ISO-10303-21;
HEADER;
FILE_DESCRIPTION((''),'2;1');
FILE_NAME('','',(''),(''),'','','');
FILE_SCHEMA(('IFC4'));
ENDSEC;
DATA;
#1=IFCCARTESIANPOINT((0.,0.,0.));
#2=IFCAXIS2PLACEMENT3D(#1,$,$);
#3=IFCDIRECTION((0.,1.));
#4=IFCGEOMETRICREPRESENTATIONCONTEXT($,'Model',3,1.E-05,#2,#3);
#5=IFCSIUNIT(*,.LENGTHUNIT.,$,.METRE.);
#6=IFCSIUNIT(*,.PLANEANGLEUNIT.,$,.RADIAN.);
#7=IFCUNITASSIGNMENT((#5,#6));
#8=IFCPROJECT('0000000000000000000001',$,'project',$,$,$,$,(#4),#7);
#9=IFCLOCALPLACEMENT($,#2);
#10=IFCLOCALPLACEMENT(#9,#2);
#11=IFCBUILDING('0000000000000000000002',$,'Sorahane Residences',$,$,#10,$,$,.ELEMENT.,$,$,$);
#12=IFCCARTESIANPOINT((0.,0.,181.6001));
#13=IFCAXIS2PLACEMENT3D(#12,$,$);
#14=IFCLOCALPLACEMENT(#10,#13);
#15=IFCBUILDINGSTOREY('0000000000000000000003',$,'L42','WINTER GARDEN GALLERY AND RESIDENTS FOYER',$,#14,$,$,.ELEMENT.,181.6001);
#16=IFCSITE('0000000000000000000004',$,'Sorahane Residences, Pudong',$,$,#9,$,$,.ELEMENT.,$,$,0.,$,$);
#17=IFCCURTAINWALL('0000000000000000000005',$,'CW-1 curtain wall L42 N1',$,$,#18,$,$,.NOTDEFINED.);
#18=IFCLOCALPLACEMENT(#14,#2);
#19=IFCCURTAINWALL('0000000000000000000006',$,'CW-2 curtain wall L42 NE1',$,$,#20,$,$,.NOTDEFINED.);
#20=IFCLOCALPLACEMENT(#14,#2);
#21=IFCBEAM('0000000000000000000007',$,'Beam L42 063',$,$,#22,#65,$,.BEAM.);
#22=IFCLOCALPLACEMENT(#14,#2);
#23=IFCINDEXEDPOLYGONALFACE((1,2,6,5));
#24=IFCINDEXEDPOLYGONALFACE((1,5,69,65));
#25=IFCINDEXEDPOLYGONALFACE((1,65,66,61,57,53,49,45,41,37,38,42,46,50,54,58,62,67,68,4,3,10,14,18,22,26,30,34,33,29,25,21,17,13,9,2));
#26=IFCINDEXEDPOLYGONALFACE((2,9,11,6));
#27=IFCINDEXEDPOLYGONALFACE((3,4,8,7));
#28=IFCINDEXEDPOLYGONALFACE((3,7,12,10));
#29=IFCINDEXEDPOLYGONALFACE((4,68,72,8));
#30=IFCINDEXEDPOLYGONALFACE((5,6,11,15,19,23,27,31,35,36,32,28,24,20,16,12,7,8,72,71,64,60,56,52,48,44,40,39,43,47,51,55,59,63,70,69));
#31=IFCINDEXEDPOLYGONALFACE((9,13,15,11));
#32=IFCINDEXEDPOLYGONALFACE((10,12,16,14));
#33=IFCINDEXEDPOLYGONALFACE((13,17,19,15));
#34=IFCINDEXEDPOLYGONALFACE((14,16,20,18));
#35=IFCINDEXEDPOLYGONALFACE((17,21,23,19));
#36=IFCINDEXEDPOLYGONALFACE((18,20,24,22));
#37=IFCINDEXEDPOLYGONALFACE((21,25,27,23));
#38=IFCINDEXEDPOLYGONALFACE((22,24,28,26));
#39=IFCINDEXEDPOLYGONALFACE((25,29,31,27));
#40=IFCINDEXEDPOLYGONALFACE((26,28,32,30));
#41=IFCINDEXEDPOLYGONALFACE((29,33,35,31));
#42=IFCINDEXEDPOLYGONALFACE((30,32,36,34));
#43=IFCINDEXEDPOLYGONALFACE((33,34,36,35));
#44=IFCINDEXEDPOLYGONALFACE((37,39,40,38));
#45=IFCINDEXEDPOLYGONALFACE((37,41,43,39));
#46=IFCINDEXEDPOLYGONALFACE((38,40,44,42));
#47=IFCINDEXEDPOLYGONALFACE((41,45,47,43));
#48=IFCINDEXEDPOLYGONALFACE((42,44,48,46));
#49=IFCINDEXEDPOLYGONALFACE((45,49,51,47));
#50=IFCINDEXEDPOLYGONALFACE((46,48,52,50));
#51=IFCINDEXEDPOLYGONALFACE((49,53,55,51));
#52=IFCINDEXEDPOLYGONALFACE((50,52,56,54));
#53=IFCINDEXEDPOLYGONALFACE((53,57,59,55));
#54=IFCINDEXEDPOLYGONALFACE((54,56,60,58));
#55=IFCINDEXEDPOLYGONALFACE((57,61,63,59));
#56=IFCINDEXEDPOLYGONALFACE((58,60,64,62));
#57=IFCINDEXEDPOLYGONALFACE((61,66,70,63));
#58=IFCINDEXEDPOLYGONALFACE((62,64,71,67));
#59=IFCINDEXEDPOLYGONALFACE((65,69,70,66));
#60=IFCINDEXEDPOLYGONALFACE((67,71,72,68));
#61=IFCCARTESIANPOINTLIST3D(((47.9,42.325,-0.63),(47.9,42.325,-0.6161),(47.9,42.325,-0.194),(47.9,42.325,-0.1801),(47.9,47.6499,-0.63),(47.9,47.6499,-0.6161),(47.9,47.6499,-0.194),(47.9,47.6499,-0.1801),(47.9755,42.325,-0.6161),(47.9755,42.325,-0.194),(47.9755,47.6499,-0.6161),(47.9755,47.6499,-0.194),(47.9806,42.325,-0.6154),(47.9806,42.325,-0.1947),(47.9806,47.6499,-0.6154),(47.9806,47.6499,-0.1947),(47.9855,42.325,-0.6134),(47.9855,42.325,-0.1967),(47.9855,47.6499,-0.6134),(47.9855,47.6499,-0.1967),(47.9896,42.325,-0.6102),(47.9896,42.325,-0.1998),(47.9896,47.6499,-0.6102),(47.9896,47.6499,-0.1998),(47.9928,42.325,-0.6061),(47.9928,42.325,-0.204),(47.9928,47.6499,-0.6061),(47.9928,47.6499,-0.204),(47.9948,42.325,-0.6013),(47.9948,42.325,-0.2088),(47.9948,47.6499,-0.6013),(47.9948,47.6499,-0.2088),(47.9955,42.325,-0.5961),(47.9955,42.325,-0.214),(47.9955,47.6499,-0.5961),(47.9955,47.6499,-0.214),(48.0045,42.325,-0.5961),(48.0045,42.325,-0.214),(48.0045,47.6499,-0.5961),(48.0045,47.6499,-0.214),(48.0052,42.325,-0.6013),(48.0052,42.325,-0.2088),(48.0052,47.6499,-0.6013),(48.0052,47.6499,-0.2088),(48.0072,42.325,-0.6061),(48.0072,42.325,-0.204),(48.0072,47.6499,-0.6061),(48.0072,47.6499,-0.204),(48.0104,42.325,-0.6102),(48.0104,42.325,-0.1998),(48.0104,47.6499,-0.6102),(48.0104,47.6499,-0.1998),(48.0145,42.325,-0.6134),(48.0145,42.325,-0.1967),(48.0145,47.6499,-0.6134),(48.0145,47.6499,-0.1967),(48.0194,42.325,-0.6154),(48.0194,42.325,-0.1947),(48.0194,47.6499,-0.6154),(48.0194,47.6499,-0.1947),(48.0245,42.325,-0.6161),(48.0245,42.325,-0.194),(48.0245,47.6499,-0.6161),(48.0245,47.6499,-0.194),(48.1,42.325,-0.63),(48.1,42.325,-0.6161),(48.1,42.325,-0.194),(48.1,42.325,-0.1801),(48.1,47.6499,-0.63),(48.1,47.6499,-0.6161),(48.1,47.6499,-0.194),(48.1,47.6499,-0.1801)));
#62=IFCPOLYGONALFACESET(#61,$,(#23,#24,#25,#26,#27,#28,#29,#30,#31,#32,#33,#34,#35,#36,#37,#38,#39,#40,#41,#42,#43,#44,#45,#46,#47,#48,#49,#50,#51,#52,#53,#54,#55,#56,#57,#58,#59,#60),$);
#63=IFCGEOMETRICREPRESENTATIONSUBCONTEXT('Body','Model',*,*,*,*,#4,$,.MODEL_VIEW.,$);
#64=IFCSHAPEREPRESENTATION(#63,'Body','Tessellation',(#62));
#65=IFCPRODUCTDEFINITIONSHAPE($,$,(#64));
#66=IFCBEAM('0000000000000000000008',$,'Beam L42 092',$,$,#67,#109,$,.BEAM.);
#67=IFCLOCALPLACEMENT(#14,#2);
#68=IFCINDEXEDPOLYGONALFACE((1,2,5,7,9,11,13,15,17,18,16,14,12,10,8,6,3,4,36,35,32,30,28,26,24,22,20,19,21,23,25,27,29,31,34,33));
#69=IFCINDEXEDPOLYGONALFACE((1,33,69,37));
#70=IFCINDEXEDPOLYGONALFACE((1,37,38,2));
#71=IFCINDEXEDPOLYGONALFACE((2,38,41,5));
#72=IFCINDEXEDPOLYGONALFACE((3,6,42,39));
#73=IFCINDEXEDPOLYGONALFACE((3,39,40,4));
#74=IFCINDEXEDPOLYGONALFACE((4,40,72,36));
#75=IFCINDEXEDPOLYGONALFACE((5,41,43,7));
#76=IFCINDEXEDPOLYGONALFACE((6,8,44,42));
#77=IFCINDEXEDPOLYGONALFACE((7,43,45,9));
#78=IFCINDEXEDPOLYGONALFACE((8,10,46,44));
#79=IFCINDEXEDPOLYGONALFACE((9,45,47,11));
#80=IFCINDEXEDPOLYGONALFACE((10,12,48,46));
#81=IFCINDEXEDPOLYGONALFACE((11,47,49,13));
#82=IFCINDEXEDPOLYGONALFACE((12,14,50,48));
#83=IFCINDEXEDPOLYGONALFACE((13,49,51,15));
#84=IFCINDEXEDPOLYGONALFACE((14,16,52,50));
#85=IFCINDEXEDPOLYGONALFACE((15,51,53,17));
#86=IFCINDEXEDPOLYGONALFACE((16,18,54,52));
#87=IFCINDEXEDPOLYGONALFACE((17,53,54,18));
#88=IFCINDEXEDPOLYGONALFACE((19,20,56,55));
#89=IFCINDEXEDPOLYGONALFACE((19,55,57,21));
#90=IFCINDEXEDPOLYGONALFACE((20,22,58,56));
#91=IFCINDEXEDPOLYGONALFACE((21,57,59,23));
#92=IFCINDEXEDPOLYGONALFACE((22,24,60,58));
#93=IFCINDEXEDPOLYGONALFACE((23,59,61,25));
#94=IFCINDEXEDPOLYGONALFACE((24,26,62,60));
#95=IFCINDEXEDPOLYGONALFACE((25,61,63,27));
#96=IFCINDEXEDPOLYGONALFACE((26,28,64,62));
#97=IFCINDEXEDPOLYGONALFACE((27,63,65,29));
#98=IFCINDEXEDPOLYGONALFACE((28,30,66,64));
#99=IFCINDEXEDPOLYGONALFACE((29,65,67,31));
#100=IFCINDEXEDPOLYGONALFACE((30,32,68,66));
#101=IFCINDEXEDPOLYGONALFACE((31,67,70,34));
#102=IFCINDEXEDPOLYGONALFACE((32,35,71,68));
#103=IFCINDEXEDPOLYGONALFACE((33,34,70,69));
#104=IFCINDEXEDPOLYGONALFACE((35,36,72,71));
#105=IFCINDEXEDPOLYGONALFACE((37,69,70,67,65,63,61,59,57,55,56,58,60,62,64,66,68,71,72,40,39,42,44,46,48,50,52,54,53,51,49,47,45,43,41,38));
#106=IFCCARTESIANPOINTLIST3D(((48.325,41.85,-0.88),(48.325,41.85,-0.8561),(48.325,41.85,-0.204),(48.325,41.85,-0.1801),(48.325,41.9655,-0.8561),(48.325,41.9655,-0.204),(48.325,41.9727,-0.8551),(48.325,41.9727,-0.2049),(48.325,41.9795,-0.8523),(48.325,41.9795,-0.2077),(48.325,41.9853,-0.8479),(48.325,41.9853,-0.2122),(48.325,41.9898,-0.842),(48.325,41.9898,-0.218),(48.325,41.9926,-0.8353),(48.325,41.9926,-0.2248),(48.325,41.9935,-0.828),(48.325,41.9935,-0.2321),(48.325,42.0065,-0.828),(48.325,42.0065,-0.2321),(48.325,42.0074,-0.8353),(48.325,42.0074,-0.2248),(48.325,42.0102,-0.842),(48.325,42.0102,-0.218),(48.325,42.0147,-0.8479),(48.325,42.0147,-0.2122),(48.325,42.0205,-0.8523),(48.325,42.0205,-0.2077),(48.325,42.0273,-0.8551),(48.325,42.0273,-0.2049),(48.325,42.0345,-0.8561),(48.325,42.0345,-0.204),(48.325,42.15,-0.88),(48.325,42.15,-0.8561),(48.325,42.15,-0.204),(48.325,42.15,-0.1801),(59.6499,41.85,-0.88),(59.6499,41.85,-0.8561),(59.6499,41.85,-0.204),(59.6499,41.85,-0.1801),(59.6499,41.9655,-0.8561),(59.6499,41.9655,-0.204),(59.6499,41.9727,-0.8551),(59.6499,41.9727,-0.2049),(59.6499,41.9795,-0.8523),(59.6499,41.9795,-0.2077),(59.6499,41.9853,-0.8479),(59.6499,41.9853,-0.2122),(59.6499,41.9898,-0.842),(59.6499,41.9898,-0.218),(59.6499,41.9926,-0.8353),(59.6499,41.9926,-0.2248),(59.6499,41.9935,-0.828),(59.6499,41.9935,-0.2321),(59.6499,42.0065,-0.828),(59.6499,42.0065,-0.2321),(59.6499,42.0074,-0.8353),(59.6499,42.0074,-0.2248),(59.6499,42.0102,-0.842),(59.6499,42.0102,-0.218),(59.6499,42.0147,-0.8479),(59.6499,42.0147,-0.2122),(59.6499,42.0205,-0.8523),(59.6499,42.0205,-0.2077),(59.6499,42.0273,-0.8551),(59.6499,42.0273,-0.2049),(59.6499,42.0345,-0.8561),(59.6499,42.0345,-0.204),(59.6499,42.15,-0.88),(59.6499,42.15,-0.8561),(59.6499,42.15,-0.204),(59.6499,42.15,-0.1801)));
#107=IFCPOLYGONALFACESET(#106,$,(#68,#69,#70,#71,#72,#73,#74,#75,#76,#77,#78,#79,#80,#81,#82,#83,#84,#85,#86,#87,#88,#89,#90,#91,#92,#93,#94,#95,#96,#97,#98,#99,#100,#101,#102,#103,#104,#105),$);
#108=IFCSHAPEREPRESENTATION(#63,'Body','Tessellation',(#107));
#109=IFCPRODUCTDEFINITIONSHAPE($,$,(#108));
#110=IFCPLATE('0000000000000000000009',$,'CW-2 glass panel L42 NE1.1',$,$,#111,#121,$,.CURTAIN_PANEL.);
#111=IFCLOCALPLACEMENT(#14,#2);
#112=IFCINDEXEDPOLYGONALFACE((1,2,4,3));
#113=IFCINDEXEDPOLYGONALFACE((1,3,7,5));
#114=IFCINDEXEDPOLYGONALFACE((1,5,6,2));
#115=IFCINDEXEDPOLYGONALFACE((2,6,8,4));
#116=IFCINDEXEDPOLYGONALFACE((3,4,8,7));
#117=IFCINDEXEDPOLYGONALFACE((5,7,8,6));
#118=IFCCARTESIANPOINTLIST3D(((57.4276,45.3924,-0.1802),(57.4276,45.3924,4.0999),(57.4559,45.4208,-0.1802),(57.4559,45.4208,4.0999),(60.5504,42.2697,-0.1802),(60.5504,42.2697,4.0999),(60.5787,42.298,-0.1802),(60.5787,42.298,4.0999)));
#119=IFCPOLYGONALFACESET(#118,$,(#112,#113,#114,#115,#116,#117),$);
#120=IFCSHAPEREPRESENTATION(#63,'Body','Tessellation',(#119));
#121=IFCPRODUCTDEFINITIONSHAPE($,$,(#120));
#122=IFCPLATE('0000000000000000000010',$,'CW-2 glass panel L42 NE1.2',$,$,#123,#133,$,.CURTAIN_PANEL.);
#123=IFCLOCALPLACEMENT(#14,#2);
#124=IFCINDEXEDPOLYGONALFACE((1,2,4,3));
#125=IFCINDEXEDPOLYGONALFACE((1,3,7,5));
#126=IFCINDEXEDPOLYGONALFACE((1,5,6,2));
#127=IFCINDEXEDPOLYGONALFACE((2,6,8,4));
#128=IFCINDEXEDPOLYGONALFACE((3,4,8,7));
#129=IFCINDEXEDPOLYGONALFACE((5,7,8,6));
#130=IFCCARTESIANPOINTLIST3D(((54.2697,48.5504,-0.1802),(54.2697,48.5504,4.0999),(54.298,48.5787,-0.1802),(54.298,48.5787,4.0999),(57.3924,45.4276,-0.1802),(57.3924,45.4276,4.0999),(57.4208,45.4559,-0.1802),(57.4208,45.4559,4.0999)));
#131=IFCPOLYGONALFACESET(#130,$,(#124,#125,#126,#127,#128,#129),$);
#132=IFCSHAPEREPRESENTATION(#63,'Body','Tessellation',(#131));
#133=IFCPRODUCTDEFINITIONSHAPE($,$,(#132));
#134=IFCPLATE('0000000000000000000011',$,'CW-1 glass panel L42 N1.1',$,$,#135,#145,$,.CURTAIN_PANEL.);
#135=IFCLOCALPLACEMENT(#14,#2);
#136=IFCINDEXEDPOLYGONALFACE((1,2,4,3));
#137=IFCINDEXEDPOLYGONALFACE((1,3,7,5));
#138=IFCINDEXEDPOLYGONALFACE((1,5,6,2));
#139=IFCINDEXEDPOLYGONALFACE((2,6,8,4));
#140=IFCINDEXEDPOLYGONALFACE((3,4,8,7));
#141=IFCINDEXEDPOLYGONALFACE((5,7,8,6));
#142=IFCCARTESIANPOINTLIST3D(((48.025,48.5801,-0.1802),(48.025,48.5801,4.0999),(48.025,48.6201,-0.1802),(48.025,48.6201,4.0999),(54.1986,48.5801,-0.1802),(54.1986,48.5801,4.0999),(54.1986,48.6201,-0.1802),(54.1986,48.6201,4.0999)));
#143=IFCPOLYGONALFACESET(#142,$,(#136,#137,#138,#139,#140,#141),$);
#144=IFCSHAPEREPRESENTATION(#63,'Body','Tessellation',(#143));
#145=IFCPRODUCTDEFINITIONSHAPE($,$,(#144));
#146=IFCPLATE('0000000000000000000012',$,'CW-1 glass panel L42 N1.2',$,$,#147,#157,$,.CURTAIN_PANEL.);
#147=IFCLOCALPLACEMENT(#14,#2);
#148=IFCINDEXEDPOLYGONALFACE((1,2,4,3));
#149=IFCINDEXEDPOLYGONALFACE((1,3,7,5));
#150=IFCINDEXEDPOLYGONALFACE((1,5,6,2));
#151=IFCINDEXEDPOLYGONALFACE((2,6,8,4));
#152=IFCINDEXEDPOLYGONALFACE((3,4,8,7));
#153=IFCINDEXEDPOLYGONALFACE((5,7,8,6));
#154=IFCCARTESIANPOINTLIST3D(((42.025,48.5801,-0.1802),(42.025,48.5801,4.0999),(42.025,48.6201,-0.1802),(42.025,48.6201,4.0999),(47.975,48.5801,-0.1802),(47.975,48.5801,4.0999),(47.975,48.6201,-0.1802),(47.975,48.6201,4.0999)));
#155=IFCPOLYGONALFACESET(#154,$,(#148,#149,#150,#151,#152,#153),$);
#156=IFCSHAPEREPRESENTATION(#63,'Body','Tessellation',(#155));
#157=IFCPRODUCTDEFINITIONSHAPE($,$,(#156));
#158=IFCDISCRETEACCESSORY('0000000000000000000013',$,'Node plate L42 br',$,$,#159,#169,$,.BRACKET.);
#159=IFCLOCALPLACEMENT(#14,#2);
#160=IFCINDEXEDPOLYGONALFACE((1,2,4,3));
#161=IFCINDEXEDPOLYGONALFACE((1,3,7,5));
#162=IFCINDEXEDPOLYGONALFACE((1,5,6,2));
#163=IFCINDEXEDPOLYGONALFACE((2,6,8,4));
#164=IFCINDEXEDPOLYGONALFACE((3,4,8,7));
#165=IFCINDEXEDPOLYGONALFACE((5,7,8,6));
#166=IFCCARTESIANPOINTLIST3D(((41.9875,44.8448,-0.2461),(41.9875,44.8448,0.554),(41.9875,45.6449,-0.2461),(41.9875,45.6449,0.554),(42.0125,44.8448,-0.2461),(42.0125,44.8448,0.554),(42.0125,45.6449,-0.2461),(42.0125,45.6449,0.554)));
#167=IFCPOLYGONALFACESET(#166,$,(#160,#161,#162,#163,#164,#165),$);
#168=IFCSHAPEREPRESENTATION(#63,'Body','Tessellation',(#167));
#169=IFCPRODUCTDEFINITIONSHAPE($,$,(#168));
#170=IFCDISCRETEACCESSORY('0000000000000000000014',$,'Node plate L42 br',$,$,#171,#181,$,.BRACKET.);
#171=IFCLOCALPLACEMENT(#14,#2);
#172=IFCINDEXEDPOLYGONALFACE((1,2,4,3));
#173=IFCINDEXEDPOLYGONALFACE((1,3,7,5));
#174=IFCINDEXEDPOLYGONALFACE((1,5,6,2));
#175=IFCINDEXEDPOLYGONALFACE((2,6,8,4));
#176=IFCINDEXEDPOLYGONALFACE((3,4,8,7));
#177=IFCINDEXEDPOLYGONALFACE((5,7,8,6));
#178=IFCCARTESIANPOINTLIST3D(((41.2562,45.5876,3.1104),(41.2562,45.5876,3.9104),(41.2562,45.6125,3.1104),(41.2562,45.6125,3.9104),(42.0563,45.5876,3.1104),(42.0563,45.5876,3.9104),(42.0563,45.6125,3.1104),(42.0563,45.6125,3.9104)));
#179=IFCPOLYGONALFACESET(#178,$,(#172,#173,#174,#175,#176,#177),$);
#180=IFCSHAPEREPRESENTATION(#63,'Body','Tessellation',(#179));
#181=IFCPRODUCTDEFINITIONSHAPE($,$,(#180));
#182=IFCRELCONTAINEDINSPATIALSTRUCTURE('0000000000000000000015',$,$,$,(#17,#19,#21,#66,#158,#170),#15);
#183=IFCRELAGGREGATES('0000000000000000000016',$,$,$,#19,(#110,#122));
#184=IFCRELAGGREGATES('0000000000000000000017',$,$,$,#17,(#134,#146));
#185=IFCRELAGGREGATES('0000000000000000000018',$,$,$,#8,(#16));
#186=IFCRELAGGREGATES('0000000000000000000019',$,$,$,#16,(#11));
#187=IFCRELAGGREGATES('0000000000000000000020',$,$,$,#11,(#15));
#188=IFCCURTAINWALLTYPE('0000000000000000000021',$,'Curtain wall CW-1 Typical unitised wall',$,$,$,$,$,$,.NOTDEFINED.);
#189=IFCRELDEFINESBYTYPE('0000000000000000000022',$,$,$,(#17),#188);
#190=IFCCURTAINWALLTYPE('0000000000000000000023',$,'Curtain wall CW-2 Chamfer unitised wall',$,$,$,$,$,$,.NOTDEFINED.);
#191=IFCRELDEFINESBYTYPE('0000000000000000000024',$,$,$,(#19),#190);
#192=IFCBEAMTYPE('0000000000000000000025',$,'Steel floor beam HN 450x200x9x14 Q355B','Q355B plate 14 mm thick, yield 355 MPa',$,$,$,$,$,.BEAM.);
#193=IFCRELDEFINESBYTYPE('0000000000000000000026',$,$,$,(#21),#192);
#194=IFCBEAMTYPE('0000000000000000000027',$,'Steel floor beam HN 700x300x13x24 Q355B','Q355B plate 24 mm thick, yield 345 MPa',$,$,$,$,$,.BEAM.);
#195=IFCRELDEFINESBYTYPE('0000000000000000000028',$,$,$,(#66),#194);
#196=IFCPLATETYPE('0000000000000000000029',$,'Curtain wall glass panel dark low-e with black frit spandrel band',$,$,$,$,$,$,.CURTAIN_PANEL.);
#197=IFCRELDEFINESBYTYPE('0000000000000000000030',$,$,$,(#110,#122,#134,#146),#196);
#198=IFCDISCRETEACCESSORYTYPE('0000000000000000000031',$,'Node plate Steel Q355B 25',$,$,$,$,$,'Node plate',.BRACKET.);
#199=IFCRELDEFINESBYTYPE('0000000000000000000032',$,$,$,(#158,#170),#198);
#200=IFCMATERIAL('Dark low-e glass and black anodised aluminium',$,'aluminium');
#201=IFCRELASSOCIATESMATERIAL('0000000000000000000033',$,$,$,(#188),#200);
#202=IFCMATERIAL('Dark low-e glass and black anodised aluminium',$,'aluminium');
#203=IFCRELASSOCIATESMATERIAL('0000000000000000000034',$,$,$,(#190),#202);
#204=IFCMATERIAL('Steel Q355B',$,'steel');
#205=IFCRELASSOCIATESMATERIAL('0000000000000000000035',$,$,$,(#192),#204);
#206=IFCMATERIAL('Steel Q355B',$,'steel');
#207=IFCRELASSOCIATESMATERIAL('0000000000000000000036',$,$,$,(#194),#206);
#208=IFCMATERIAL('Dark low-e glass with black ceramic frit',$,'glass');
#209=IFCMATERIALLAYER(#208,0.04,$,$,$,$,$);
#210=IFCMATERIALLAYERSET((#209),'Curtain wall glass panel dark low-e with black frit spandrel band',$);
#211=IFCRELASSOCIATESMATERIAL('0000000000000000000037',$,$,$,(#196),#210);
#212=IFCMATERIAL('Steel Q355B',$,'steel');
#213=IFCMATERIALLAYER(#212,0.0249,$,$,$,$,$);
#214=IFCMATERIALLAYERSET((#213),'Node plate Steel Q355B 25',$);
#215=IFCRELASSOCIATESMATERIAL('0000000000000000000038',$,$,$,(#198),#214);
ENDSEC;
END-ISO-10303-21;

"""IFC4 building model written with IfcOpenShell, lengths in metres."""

from ifc_helpers import new_model, si_unit, direction, frame, origin, origin_2d, place, context, subcontext, project, spatial, rectangle, i_section, extrude, material, layer, layer_set, material_profile, profile_set, type_object, element, aggregate, save


model = new_model("IFC4")

# Units and contexts
model_context = context("Model", 3, precision=1e-05, world=origin(), true_north=direction((0.0, 1.0)))
body_context = subcontext(model_context, "Body", "Model", "MODEL_VIEW")
ifc_project = project(units=[si_unit("LENGTHUNIT", "METRE"), si_unit("PLANEANGLEUNIT", "RADIAN")], contexts=[model_context])

# Site, building, storey
site_placement = place(None, origin())
site = spatial("IfcSite", under=ifc_project, at=site_placement, Name="Sorahane Residences, Pudong", CompositionType="ELEMENT", RefElevation=0.0)
building_placement = place(site_placement, origin())
building = spatial("IfcBuilding", under=site, at=building_placement, Name="Sorahane Residences", CompositionType="ELEMENT")
storey_placement = place(building_placement, frame((0.0, 0.0, 181.6001)))
storey = spatial("IfcBuildingStorey", under=building, at=storey_placement, Name="L42", Description="WINTER GARDEN GALLERY AND RESIDENTS FOYER", CompositionType="ELEMENT", Elevation=181.6001)

# Shared definitions
ifc_material_1 = material(Name="Dark low-e glass and black anodised aluminium", Category="aluminium")
curtain_wall_type_1 = type_object("IfcCurtainWallType", Name="Curtain wall CW-1 Typical unitised wall", PredefinedType="NOTDEFINED", material=ifc_material_1)

# Curtain walls
curtain_wall_1_placement = place(storey_placement, origin())
curtain_wall_1 = element("IfcCurtainWall", 1, at=curtain_wall_1_placement, inside=storey, type_object=curtain_wall_type_1, Name="CW-1 curtain wall L42 N1", PredefinedType="NOTDEFINED")
ifc_material_2 = material(Name="Dark low-e glass and black anodised aluminium", Category="aluminium")
curtain_wall_type_2 = type_object("IfcCurtainWallType", Name="Curtain wall CW-2 Chamfer unitised wall", PredefinedType="NOTDEFINED", material=ifc_material_2)
curtain_wall_2_placement = place(storey_placement, origin())
curtain_wall_2 = element("IfcCurtainWall", 2, at=curtain_wall_2_placement, inside=storey, type_object=curtain_wall_type_2, Name="CW-2 curtain wall L42 NE1", PredefinedType="NOTDEFINED")

# Beams
ifc_material_3 = material(Name="Steel Q355B", Category="steel")
ifc_material_profile_1 = material_profile(ifc_material_3, i_section(OverallWidth=0.2, OverallDepth=0.45, WebThickness=0.009, FlangeThickness=0.0139, FilletRadius=0.02, at=origin_2d()), Name="HN 450x200x9x14")
ifc_profile_set_1 = profile_set([ifc_material_profile_1], Name="Steel Q355B")
beam_type_1 = type_object("IfcBeamType", Name="Steel floor beam HN 450x200x9x14 Q355B", Description="Q355B plate 14 mm thick, yield 355 MPa", PredefinedType="BEAM", material=ifc_profile_set_1)
beam_1_placement = place(storey_placement, frame((48.0, 42.325, -0.405), z_axis=(0.0, 1.0, 0.0), x_axis=(-1.0, 0.0, 0.0)))
element("IfcBeam", 3, at=beam_1_placement, inside=storey, type_object=beam_type_1, Name="Beam L42 063", PredefinedType="BEAM", context=body_context, shape_type="SweptSolid", body=[
    extrude(i_section(OverallWidth=0.2, OverallDepth=0.45, WebThickness=0.009, FlangeThickness=0.0139, FilletRadius=0.02, at=origin_2d()), origin(), (0.0, 0.0, 1.0), 5.325),
])
ifc_material_4 = material(Name="Steel Q355B", Category="steel")
ifc_material_profile_2 = material_profile(ifc_material_4, i_section(OverallWidth=0.3, OverallDepth=0.7, WebThickness=0.0129, FlangeThickness=0.0239, FilletRadius=0.0281, at=origin_2d()), Name="HN 700x300x13x24")
ifc_profile_set_2 = profile_set([ifc_material_profile_2], Name="Steel Q355B")
beam_type_2 = type_object("IfcBeamType", Name="Steel floor beam HN 700x300x13x24 Q355B", Description="Q355B plate 24 mm thick, yield 345 MPa", PredefinedType="BEAM", material=ifc_profile_set_2)
beam_2_placement = place(storey_placement, frame((48.325, 42.0, -0.53), z_axis=(1.0, 0.0, 0.0), x_axis=(0.0, 1.0, 0.0)))
element("IfcBeam", 4, at=beam_2_placement, inside=storey, type_object=beam_type_2, Name="Beam L42 092", PredefinedType="BEAM", context=body_context, shape_type="SweptSolid", body=[
    extrude(i_section(OverallWidth=0.3, OverallDepth=0.7, WebThickness=0.0129, FlangeThickness=0.0239, FilletRadius=0.0281, at=origin_2d()), origin(), (0.0, 0.0, 1.0), 11.325),
])

# Plates
ifc_material_5 = material(Name="Dark low-e glass with black ceramic frit", Category="glass")
ifc_layer_1 = layer(ifc_material_5, 0.04)
ifc_layer_set_1 = layer_set([ifc_layer_1], Name="Curtain wall glass panel dark low-e with black frit spandrel band")
plate_type = type_object("IfcPlateType", Name="Curtain wall glass panel dark low-e with black frit spandrel band", PredefinedType="CURTAIN_PANEL", material=ifc_layer_set_1)
plate_1_placement = place(storey_placement, frame((59.0032, 43.8452, -0.1802), z_axis=(0.0, 0.0, 1.0), x_axis=(-0.707107, 0.707107, 0.0)))
plate_1 = element("IfcPlate", 5, at=plate_1_placement, type_object=plate_type, Name="CW-2 glass panel L42 NE1.1", PredefinedType="CURTAIN_PANEL", context=body_context, shape_type="SweptSolid", body=[
    extrude(rectangle(XDim=4.4163, YDim=0.04, at=origin_2d()), origin(), (0.0, 0.0, 1.0), 4.28),
])
plate_2_placement = place(storey_placement, frame((55.8452, 47.0032, -0.1802), z_axis=(0.0, 0.0, 1.0), x_axis=(-0.707107, 0.707107, 0.0)))
plate_2 = element("IfcPlate", 6, at=plate_2_placement, type_object=plate_type, Name="CW-2 glass panel L42 NE1.2", PredefinedType="CURTAIN_PANEL", context=body_context, shape_type="SweptSolid", body=[
    extrude(rectangle(XDim=4.4163, YDim=0.04, at=origin_2d()), origin(), (0.0, 0.0, 1.0), 4.28),
])
aggregate(curtain_wall_2, [plate_1, plate_2])
plate_3_placement = place(storey_placement, frame((51.1118, 48.6001, -0.1802), z_axis=(0.0, 0.0, 1.0), x_axis=(-1.0, 0.0, 0.0)))
plate_3 = element("IfcPlate", 7, at=plate_3_placement, type_object=plate_type, Name="CW-1 glass panel L42 N1.1", PredefinedType="CURTAIN_PANEL", context=body_context, shape_type="SweptSolid", body=[
    extrude(rectangle(XDim=6.1736, YDim=0.04, at=origin_2d()), origin(), (0.0, 0.0, 1.0), 4.28),
])
plate_4_placement = place(storey_placement, frame((45.0, 48.6001, -0.1802), z_axis=(0.0, 0.0, 1.0), x_axis=(-1.0, 0.0, 0.0)))
plate_4 = element("IfcPlate", 8, at=plate_4_placement, type_object=plate_type, Name="CW-1 glass panel L42 N1.2", PredefinedType="CURTAIN_PANEL", context=body_context, shape_type="SweptSolid", body=[
    extrude(rectangle(XDim=5.95, YDim=0.04, at=origin_2d()), origin(), (0.0, 0.0, 1.0), 4.28),
])
aggregate(curtain_wall_1, [plate_3, plate_4])

# Discrete accessories
ifc_material_6 = material(Name="Steel Q355B", Category="steel")
ifc_layer_2 = layer(ifc_material_6, 0.0249)
ifc_layer_set_2 = layer_set([ifc_layer_2], Name="Node plate Steel Q355B 25")
discrete_accessory_type = type_object("IfcDiscreteAccessoryType", Name="Node plate Steel Q355B 25", ElementType="Node plate", PredefinedType="BRACKET", material=ifc_layer_set_2)
for number, where, z_axis, x_axis, name in (
    (9, (42.0, 45.2449, -0.2461), (0.0, 0.0, 1.0), (0.0, 1.0, 0.0), "Node plate L42 br"),
    (10, (41.6562, 45.6001, 3.1104), (0.0, 0.0, 1.0), (1.0, 0.0, 0.0), "Node plate L42 br"),
):
    element("IfcDiscreteAccessory", number, at=place(storey_placement, frame(where, z_axis=z_axis, x_axis=x_axis)), inside=storey, type_object=discrete_accessory_type, Name=name, PredefinedType="BRACKET", context=body_context, shape_type="SweptSolid", body=[
        extrude(rectangle(XDim=0.8, YDim=0.0249, at=origin_2d()), origin(), (0.0, 0.0, 1.0), 0.8),
    ])

save(model, "model.ifc")
